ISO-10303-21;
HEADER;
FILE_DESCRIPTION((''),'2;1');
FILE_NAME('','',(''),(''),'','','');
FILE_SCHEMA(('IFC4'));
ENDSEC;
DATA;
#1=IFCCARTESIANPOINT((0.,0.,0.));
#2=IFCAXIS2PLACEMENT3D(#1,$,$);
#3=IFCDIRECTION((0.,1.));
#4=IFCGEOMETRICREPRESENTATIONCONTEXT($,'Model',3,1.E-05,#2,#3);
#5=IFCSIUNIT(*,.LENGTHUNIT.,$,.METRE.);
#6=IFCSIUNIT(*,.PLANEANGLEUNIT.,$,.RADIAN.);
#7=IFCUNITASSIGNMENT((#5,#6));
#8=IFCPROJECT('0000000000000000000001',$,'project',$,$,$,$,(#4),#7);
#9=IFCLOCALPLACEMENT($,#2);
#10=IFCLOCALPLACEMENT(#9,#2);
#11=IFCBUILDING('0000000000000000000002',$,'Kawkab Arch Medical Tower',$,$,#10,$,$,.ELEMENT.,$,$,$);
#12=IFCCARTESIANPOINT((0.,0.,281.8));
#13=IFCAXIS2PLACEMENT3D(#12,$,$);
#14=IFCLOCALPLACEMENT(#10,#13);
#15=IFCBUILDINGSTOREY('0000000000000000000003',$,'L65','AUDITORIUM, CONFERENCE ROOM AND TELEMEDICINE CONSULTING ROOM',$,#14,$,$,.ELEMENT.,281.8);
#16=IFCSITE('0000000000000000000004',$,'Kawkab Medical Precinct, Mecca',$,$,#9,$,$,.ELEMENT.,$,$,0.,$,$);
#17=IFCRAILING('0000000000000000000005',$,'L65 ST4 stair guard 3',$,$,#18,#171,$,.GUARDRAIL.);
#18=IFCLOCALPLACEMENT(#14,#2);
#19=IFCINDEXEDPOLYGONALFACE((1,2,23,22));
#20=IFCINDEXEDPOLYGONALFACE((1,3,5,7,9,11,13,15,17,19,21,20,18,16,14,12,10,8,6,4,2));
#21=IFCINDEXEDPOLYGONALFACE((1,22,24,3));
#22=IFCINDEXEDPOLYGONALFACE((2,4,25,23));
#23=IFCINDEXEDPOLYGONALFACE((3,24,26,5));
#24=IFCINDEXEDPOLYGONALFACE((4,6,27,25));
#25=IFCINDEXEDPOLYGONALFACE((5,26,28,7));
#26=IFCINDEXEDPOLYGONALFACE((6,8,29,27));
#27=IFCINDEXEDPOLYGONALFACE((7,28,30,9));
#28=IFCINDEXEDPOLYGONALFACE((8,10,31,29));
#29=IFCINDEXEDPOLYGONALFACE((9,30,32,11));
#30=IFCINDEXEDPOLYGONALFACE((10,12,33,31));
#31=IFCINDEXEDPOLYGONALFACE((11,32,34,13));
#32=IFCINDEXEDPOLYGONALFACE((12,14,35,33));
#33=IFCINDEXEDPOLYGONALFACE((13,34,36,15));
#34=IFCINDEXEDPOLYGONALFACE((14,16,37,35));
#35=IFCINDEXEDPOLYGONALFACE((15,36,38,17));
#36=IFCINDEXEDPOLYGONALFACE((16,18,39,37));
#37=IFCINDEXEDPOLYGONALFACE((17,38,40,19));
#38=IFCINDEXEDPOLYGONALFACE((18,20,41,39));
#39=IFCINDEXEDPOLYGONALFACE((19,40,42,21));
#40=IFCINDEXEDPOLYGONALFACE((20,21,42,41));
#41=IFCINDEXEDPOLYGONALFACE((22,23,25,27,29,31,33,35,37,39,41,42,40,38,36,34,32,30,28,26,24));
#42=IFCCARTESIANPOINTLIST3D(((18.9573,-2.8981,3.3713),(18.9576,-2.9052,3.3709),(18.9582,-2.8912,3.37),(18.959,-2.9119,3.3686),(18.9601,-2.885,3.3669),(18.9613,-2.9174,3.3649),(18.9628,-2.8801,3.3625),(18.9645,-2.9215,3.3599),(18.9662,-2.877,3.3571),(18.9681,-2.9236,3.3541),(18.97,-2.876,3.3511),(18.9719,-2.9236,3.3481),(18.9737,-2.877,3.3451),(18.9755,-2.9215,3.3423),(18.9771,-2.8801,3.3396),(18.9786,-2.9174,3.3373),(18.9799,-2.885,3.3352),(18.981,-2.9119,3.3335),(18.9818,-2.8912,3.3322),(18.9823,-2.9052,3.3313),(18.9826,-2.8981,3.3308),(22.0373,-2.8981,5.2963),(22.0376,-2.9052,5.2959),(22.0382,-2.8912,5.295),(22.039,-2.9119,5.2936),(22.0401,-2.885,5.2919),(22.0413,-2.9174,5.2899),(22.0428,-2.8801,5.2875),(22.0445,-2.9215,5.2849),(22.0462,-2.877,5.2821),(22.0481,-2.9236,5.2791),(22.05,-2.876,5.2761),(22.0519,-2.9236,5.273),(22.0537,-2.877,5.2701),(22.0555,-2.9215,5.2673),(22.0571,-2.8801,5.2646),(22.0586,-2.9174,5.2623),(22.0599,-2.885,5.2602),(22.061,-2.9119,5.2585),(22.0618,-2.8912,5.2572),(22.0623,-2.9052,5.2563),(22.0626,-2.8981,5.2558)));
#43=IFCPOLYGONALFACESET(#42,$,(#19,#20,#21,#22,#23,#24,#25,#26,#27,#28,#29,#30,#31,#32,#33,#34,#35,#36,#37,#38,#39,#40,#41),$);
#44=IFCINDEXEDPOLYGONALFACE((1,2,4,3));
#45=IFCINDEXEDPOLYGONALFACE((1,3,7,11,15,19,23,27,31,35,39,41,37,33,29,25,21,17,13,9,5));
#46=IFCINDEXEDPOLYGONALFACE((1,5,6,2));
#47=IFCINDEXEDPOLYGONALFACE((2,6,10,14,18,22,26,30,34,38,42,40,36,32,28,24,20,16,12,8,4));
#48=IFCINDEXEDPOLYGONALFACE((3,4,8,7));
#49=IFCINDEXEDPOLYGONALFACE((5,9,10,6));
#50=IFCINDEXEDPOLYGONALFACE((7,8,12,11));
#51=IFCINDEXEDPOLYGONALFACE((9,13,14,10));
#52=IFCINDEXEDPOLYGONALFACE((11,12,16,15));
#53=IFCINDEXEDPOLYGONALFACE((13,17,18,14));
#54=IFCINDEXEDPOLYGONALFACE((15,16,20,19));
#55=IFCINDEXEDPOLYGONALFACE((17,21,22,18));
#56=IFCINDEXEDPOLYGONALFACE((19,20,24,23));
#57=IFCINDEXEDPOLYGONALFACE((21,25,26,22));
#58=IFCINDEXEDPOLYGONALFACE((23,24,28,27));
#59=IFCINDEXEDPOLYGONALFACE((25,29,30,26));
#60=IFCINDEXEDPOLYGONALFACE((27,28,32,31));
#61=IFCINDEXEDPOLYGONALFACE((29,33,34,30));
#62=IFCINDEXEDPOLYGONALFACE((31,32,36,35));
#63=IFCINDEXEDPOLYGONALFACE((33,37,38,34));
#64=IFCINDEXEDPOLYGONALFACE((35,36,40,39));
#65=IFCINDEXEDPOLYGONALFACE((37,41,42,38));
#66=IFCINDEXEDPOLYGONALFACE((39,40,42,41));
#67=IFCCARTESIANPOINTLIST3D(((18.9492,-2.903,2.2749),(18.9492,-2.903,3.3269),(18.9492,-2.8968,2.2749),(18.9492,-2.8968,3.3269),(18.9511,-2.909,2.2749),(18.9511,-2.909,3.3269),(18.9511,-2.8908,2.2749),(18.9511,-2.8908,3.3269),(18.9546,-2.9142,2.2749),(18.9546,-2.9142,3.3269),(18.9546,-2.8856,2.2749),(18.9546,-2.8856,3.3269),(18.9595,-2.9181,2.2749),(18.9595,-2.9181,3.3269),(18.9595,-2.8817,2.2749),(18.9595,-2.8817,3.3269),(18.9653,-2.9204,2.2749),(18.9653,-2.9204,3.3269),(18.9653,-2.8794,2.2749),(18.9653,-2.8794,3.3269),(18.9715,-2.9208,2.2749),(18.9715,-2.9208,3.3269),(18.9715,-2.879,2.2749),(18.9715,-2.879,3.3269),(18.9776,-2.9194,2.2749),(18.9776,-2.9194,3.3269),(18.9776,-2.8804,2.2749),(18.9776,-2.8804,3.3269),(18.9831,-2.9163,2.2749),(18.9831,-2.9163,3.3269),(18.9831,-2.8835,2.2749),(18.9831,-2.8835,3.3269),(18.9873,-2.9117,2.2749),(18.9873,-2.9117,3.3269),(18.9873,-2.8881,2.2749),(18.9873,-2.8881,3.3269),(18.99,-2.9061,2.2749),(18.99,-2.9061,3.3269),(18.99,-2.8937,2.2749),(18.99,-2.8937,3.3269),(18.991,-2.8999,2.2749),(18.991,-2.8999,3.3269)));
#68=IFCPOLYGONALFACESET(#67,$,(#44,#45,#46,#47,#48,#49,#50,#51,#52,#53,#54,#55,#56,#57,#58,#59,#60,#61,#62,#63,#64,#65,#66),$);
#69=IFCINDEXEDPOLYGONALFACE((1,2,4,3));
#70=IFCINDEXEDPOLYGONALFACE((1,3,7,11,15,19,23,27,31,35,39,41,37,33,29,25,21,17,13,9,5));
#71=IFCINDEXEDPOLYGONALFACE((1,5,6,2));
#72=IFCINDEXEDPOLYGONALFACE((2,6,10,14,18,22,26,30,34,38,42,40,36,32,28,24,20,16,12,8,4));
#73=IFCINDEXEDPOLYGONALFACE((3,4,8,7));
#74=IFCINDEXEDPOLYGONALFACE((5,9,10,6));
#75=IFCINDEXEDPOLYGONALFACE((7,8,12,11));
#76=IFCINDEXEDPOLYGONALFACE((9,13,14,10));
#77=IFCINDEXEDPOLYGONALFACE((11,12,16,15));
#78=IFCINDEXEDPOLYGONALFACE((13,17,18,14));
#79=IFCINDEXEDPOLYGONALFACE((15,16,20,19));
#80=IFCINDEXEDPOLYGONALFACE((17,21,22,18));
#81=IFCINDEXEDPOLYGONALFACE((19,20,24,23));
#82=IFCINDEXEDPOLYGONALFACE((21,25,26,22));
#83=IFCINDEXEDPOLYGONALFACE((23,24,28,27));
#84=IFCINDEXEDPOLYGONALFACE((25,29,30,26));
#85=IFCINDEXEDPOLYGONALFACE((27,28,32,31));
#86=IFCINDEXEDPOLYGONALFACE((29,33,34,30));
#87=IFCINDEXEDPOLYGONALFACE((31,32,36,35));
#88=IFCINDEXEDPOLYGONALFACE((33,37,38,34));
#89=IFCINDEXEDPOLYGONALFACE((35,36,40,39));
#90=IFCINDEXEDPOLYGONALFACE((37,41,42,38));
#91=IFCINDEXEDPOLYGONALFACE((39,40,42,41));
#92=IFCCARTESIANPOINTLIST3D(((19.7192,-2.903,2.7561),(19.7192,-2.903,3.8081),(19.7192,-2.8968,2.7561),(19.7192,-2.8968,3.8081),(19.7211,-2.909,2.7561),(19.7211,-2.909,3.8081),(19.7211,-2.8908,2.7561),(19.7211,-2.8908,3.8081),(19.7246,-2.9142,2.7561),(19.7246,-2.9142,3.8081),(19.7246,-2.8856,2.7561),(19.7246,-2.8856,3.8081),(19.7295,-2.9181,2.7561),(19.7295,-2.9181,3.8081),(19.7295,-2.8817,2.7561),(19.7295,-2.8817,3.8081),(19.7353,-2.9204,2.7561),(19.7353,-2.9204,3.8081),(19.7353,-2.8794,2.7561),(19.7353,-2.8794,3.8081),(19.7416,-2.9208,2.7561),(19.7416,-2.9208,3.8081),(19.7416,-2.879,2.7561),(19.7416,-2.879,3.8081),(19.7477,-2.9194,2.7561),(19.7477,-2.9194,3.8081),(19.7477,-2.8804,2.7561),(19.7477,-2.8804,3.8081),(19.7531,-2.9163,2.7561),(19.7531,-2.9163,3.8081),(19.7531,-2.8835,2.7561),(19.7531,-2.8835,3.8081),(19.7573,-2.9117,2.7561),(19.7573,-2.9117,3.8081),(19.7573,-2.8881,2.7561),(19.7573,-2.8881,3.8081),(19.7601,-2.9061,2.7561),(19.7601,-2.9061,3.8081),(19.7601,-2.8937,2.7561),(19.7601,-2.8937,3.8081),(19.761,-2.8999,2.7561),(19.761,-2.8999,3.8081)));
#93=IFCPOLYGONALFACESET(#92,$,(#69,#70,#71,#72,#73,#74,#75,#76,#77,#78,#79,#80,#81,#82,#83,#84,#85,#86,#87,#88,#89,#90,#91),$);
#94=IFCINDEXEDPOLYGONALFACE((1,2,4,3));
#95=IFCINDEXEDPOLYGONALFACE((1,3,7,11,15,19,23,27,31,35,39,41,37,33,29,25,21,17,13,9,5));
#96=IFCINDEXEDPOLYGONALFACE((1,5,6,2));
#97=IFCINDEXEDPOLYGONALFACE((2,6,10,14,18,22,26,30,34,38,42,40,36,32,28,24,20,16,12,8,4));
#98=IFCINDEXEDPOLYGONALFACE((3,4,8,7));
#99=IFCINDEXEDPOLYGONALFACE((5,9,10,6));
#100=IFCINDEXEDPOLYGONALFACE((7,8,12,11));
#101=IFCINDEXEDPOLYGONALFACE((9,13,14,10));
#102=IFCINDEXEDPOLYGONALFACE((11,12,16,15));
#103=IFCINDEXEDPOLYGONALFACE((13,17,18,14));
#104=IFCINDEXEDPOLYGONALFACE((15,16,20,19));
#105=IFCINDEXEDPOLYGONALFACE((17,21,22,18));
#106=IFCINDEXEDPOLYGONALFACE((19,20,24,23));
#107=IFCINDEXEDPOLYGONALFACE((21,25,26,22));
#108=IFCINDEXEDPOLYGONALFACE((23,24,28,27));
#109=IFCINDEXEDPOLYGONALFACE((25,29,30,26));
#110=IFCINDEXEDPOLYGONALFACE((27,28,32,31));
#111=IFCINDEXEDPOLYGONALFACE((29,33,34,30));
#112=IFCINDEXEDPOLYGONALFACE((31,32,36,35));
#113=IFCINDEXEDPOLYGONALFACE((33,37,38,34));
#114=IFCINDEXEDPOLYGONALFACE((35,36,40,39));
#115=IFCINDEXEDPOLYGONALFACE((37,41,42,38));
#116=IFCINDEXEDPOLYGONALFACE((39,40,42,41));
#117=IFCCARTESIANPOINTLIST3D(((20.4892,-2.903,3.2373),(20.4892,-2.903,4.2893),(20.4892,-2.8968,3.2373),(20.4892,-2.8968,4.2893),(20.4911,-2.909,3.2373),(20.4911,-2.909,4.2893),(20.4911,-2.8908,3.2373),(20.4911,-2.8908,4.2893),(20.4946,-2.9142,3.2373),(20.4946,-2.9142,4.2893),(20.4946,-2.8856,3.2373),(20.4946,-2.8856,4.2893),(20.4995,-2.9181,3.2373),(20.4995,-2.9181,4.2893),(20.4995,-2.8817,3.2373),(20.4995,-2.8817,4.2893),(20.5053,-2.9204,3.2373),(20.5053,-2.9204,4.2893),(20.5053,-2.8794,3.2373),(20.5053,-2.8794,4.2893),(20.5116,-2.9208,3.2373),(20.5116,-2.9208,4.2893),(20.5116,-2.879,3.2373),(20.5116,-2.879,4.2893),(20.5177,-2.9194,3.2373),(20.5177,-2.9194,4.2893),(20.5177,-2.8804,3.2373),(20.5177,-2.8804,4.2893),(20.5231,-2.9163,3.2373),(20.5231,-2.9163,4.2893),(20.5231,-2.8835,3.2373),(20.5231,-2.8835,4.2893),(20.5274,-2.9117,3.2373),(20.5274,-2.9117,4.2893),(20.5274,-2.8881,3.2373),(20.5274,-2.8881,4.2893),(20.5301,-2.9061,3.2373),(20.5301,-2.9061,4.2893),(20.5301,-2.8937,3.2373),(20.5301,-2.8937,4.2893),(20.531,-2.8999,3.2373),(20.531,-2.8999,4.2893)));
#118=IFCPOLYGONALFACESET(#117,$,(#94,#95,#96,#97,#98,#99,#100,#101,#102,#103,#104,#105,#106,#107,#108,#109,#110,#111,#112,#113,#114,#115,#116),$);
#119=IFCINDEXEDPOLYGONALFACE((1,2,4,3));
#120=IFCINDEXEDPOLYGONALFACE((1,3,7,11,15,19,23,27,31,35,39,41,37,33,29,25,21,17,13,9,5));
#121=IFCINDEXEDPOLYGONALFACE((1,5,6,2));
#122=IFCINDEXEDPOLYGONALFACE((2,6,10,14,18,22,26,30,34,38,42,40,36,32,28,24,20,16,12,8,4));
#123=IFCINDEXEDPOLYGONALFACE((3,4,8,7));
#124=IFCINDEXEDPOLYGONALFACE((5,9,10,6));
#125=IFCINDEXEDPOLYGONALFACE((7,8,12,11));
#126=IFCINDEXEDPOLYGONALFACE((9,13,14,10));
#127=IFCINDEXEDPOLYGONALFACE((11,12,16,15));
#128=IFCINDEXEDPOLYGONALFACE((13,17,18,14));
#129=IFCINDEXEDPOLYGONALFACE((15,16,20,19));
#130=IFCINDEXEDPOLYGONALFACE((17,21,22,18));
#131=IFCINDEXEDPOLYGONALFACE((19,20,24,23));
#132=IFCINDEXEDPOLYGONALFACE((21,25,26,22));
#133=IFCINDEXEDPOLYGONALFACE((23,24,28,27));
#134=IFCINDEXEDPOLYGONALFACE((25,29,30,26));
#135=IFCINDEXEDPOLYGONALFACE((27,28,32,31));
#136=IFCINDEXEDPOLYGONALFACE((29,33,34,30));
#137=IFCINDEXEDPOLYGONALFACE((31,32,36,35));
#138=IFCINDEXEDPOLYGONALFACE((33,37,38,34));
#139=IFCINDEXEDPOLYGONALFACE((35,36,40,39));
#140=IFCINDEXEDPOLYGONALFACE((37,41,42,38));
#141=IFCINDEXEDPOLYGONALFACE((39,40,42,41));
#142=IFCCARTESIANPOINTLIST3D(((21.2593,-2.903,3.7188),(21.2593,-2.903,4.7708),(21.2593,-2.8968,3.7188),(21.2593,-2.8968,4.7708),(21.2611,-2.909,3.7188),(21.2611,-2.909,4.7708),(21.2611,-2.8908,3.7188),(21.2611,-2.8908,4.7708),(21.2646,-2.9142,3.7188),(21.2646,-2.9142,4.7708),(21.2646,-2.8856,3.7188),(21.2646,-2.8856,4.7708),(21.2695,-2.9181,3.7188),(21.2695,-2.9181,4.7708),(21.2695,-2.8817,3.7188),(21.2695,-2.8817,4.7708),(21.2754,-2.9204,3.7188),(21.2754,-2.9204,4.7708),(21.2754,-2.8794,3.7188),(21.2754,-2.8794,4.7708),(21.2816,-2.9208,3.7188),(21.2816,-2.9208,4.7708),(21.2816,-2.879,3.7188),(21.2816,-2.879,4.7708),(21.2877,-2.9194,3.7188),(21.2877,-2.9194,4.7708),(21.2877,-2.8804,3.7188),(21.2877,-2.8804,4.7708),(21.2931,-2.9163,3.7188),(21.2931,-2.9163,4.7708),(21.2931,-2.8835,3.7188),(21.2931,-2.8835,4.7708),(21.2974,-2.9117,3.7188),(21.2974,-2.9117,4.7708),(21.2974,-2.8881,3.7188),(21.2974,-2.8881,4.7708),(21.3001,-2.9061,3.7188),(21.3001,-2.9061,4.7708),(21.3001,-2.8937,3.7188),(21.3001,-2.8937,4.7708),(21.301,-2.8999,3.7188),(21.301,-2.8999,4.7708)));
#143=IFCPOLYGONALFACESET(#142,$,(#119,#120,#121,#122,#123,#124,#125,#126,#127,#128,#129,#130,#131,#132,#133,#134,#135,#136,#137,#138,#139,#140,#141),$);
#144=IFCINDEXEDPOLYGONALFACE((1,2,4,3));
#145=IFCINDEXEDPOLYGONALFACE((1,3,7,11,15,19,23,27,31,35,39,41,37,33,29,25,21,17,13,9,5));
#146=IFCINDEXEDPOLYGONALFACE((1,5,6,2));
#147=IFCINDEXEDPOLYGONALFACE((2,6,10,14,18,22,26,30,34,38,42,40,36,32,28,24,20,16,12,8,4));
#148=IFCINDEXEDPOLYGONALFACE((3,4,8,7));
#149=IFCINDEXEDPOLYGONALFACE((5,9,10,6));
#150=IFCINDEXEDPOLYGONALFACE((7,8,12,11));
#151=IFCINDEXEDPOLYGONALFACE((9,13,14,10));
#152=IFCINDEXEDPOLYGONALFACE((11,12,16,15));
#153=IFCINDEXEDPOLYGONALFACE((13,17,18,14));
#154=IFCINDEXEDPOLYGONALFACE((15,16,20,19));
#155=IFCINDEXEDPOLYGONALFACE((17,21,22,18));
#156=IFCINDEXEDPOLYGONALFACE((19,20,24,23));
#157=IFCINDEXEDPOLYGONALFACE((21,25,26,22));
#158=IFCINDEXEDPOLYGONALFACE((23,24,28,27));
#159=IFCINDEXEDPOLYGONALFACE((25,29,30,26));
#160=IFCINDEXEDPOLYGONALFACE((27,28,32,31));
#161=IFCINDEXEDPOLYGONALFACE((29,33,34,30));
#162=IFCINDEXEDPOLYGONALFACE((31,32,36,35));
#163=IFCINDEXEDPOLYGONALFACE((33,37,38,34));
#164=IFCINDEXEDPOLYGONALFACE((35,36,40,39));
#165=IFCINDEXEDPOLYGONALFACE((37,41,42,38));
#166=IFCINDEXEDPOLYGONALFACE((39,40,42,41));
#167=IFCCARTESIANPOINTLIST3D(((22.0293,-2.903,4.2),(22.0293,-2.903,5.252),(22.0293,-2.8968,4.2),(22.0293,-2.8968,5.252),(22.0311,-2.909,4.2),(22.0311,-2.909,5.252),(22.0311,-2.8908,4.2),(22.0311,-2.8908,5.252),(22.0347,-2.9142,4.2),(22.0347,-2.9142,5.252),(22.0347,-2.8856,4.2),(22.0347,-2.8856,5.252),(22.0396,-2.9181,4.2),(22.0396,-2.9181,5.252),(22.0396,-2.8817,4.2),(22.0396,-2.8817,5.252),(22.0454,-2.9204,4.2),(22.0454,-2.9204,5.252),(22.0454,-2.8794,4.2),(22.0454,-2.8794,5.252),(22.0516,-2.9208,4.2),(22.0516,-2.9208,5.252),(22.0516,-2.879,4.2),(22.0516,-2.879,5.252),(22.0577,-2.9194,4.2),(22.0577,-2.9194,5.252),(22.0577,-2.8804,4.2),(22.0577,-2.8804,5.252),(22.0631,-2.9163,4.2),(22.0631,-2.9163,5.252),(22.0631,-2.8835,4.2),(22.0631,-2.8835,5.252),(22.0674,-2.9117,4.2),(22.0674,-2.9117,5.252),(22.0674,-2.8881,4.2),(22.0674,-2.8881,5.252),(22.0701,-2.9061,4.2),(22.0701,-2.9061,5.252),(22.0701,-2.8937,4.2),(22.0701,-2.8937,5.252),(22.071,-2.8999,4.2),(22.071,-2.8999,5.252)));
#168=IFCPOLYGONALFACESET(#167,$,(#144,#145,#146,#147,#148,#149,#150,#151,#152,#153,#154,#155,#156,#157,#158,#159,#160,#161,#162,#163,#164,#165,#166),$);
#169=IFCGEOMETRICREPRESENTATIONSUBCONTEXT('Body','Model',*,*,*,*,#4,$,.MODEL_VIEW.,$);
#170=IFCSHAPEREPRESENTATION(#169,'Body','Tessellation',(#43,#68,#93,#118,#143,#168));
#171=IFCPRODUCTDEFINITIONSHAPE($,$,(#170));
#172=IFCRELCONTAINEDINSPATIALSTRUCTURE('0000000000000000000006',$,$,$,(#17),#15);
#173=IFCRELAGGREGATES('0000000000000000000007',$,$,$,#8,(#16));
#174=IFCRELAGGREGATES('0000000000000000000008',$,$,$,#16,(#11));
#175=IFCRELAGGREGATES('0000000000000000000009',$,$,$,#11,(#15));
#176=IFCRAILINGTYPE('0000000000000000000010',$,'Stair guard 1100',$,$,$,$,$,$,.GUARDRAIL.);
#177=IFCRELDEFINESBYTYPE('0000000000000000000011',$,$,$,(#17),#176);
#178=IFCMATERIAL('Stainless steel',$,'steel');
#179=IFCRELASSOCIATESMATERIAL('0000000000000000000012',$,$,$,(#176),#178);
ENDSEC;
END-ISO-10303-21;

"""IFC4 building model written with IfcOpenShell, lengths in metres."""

from ifc_helpers import new_model, si_unit, direction, frame, origin, origin_2d, place, context, subcontext, project, spatial, circle, extrude, material, type_object, element, save


model = new_model("IFC4")

# Units and contexts
model_context = context("Model", 3, precision=1e-05, world=origin(), true_north=direction((0.0, 1.0)))
body_context = subcontext(model_context, "Body", "Model", "MODEL_VIEW")
ifc_project = project(units=[si_unit("LENGTHUNIT", "METRE"), si_unit("PLANEANGLEUNIT", "RADIAN")], contexts=[model_context])

# Site, building, storey
site_placement = place(None, origin())
site = spatial("IfcSite", under=ifc_project, at=site_placement, Name="Kawkab Medical Precinct, Mecca", CompositionType="ELEMENT", RefElevation=0.0)
building_placement = place(site_placement, origin())
building = spatial("IfcBuilding", under=site, at=building_placement, Name="Kawkab Arch Medical Tower", CompositionType="ELEMENT")
storey_placement = place(building_placement, frame((0.0, 0.0, 281.8)))
storey = spatial("IfcBuildingStorey", under=building, at=storey_placement, Name="L65", Description="AUDITORIUM, CONFERENCE ROOM AND TELEMEDICINE CONSULTING ROOM", CompositionType="ELEMENT", Elevation=281.8)

# Railing
ifc_material_1 = material(Name="Stainless steel", Category="steel")
railing_type_1 = type_object("IfcRailingType", Name="Stair guard 1100", PredefinedType="GUARDRAIL", material=ifc_material_1)
railing_1_placement = place(storey_placement, frame((18.97, -2.8999, 2.2749)))
element("IfcRailing", 1, at=railing_1_placement, inside=storey, type_object=railing_type_1, Name="L65 ST4 stair guard 3", PredefinedType="GUARDRAIL", context=body_context, shape_type="SweptSolid", body=[
    extrude(circle(Radius=0.0239, at=origin_2d()), frame((0.0, 0.0, 1.0762), z_axis=(0.847998, 0.0, 0.529999), x_axis=(0.0, 1.0, 0.0)), (0.0, 0.0, 1.0), 3.6321),
    extrude(circle(Radius=0.021, at=origin_2d()), origin(), (0.0, 0.0, 1.0), 1.052),
    extrude(circle(Radius=0.021, at=origin_2d()), frame((0.77, 0.0, 0.4812)), (0.0, 0.0, 1.0), 1.052),
    extrude(circle(Radius=0.021, at=origin_2d()), frame((1.54, 0.0, 0.9624)), (0.0, 0.0, 1.0), 1.052),
    extrude(circle(Radius=0.021, at=origin_2d()), frame((2.3101, 0.0, 1.4438)), (0.0, 0.0, 1.0), 1.052),
    extrude(circle(Radius=0.021, at=origin_2d()), frame((3.0801, 0.0, 1.925)), (0.0, 0.0, 1.0), 1.052),
])

save(model, "model.ifc")
